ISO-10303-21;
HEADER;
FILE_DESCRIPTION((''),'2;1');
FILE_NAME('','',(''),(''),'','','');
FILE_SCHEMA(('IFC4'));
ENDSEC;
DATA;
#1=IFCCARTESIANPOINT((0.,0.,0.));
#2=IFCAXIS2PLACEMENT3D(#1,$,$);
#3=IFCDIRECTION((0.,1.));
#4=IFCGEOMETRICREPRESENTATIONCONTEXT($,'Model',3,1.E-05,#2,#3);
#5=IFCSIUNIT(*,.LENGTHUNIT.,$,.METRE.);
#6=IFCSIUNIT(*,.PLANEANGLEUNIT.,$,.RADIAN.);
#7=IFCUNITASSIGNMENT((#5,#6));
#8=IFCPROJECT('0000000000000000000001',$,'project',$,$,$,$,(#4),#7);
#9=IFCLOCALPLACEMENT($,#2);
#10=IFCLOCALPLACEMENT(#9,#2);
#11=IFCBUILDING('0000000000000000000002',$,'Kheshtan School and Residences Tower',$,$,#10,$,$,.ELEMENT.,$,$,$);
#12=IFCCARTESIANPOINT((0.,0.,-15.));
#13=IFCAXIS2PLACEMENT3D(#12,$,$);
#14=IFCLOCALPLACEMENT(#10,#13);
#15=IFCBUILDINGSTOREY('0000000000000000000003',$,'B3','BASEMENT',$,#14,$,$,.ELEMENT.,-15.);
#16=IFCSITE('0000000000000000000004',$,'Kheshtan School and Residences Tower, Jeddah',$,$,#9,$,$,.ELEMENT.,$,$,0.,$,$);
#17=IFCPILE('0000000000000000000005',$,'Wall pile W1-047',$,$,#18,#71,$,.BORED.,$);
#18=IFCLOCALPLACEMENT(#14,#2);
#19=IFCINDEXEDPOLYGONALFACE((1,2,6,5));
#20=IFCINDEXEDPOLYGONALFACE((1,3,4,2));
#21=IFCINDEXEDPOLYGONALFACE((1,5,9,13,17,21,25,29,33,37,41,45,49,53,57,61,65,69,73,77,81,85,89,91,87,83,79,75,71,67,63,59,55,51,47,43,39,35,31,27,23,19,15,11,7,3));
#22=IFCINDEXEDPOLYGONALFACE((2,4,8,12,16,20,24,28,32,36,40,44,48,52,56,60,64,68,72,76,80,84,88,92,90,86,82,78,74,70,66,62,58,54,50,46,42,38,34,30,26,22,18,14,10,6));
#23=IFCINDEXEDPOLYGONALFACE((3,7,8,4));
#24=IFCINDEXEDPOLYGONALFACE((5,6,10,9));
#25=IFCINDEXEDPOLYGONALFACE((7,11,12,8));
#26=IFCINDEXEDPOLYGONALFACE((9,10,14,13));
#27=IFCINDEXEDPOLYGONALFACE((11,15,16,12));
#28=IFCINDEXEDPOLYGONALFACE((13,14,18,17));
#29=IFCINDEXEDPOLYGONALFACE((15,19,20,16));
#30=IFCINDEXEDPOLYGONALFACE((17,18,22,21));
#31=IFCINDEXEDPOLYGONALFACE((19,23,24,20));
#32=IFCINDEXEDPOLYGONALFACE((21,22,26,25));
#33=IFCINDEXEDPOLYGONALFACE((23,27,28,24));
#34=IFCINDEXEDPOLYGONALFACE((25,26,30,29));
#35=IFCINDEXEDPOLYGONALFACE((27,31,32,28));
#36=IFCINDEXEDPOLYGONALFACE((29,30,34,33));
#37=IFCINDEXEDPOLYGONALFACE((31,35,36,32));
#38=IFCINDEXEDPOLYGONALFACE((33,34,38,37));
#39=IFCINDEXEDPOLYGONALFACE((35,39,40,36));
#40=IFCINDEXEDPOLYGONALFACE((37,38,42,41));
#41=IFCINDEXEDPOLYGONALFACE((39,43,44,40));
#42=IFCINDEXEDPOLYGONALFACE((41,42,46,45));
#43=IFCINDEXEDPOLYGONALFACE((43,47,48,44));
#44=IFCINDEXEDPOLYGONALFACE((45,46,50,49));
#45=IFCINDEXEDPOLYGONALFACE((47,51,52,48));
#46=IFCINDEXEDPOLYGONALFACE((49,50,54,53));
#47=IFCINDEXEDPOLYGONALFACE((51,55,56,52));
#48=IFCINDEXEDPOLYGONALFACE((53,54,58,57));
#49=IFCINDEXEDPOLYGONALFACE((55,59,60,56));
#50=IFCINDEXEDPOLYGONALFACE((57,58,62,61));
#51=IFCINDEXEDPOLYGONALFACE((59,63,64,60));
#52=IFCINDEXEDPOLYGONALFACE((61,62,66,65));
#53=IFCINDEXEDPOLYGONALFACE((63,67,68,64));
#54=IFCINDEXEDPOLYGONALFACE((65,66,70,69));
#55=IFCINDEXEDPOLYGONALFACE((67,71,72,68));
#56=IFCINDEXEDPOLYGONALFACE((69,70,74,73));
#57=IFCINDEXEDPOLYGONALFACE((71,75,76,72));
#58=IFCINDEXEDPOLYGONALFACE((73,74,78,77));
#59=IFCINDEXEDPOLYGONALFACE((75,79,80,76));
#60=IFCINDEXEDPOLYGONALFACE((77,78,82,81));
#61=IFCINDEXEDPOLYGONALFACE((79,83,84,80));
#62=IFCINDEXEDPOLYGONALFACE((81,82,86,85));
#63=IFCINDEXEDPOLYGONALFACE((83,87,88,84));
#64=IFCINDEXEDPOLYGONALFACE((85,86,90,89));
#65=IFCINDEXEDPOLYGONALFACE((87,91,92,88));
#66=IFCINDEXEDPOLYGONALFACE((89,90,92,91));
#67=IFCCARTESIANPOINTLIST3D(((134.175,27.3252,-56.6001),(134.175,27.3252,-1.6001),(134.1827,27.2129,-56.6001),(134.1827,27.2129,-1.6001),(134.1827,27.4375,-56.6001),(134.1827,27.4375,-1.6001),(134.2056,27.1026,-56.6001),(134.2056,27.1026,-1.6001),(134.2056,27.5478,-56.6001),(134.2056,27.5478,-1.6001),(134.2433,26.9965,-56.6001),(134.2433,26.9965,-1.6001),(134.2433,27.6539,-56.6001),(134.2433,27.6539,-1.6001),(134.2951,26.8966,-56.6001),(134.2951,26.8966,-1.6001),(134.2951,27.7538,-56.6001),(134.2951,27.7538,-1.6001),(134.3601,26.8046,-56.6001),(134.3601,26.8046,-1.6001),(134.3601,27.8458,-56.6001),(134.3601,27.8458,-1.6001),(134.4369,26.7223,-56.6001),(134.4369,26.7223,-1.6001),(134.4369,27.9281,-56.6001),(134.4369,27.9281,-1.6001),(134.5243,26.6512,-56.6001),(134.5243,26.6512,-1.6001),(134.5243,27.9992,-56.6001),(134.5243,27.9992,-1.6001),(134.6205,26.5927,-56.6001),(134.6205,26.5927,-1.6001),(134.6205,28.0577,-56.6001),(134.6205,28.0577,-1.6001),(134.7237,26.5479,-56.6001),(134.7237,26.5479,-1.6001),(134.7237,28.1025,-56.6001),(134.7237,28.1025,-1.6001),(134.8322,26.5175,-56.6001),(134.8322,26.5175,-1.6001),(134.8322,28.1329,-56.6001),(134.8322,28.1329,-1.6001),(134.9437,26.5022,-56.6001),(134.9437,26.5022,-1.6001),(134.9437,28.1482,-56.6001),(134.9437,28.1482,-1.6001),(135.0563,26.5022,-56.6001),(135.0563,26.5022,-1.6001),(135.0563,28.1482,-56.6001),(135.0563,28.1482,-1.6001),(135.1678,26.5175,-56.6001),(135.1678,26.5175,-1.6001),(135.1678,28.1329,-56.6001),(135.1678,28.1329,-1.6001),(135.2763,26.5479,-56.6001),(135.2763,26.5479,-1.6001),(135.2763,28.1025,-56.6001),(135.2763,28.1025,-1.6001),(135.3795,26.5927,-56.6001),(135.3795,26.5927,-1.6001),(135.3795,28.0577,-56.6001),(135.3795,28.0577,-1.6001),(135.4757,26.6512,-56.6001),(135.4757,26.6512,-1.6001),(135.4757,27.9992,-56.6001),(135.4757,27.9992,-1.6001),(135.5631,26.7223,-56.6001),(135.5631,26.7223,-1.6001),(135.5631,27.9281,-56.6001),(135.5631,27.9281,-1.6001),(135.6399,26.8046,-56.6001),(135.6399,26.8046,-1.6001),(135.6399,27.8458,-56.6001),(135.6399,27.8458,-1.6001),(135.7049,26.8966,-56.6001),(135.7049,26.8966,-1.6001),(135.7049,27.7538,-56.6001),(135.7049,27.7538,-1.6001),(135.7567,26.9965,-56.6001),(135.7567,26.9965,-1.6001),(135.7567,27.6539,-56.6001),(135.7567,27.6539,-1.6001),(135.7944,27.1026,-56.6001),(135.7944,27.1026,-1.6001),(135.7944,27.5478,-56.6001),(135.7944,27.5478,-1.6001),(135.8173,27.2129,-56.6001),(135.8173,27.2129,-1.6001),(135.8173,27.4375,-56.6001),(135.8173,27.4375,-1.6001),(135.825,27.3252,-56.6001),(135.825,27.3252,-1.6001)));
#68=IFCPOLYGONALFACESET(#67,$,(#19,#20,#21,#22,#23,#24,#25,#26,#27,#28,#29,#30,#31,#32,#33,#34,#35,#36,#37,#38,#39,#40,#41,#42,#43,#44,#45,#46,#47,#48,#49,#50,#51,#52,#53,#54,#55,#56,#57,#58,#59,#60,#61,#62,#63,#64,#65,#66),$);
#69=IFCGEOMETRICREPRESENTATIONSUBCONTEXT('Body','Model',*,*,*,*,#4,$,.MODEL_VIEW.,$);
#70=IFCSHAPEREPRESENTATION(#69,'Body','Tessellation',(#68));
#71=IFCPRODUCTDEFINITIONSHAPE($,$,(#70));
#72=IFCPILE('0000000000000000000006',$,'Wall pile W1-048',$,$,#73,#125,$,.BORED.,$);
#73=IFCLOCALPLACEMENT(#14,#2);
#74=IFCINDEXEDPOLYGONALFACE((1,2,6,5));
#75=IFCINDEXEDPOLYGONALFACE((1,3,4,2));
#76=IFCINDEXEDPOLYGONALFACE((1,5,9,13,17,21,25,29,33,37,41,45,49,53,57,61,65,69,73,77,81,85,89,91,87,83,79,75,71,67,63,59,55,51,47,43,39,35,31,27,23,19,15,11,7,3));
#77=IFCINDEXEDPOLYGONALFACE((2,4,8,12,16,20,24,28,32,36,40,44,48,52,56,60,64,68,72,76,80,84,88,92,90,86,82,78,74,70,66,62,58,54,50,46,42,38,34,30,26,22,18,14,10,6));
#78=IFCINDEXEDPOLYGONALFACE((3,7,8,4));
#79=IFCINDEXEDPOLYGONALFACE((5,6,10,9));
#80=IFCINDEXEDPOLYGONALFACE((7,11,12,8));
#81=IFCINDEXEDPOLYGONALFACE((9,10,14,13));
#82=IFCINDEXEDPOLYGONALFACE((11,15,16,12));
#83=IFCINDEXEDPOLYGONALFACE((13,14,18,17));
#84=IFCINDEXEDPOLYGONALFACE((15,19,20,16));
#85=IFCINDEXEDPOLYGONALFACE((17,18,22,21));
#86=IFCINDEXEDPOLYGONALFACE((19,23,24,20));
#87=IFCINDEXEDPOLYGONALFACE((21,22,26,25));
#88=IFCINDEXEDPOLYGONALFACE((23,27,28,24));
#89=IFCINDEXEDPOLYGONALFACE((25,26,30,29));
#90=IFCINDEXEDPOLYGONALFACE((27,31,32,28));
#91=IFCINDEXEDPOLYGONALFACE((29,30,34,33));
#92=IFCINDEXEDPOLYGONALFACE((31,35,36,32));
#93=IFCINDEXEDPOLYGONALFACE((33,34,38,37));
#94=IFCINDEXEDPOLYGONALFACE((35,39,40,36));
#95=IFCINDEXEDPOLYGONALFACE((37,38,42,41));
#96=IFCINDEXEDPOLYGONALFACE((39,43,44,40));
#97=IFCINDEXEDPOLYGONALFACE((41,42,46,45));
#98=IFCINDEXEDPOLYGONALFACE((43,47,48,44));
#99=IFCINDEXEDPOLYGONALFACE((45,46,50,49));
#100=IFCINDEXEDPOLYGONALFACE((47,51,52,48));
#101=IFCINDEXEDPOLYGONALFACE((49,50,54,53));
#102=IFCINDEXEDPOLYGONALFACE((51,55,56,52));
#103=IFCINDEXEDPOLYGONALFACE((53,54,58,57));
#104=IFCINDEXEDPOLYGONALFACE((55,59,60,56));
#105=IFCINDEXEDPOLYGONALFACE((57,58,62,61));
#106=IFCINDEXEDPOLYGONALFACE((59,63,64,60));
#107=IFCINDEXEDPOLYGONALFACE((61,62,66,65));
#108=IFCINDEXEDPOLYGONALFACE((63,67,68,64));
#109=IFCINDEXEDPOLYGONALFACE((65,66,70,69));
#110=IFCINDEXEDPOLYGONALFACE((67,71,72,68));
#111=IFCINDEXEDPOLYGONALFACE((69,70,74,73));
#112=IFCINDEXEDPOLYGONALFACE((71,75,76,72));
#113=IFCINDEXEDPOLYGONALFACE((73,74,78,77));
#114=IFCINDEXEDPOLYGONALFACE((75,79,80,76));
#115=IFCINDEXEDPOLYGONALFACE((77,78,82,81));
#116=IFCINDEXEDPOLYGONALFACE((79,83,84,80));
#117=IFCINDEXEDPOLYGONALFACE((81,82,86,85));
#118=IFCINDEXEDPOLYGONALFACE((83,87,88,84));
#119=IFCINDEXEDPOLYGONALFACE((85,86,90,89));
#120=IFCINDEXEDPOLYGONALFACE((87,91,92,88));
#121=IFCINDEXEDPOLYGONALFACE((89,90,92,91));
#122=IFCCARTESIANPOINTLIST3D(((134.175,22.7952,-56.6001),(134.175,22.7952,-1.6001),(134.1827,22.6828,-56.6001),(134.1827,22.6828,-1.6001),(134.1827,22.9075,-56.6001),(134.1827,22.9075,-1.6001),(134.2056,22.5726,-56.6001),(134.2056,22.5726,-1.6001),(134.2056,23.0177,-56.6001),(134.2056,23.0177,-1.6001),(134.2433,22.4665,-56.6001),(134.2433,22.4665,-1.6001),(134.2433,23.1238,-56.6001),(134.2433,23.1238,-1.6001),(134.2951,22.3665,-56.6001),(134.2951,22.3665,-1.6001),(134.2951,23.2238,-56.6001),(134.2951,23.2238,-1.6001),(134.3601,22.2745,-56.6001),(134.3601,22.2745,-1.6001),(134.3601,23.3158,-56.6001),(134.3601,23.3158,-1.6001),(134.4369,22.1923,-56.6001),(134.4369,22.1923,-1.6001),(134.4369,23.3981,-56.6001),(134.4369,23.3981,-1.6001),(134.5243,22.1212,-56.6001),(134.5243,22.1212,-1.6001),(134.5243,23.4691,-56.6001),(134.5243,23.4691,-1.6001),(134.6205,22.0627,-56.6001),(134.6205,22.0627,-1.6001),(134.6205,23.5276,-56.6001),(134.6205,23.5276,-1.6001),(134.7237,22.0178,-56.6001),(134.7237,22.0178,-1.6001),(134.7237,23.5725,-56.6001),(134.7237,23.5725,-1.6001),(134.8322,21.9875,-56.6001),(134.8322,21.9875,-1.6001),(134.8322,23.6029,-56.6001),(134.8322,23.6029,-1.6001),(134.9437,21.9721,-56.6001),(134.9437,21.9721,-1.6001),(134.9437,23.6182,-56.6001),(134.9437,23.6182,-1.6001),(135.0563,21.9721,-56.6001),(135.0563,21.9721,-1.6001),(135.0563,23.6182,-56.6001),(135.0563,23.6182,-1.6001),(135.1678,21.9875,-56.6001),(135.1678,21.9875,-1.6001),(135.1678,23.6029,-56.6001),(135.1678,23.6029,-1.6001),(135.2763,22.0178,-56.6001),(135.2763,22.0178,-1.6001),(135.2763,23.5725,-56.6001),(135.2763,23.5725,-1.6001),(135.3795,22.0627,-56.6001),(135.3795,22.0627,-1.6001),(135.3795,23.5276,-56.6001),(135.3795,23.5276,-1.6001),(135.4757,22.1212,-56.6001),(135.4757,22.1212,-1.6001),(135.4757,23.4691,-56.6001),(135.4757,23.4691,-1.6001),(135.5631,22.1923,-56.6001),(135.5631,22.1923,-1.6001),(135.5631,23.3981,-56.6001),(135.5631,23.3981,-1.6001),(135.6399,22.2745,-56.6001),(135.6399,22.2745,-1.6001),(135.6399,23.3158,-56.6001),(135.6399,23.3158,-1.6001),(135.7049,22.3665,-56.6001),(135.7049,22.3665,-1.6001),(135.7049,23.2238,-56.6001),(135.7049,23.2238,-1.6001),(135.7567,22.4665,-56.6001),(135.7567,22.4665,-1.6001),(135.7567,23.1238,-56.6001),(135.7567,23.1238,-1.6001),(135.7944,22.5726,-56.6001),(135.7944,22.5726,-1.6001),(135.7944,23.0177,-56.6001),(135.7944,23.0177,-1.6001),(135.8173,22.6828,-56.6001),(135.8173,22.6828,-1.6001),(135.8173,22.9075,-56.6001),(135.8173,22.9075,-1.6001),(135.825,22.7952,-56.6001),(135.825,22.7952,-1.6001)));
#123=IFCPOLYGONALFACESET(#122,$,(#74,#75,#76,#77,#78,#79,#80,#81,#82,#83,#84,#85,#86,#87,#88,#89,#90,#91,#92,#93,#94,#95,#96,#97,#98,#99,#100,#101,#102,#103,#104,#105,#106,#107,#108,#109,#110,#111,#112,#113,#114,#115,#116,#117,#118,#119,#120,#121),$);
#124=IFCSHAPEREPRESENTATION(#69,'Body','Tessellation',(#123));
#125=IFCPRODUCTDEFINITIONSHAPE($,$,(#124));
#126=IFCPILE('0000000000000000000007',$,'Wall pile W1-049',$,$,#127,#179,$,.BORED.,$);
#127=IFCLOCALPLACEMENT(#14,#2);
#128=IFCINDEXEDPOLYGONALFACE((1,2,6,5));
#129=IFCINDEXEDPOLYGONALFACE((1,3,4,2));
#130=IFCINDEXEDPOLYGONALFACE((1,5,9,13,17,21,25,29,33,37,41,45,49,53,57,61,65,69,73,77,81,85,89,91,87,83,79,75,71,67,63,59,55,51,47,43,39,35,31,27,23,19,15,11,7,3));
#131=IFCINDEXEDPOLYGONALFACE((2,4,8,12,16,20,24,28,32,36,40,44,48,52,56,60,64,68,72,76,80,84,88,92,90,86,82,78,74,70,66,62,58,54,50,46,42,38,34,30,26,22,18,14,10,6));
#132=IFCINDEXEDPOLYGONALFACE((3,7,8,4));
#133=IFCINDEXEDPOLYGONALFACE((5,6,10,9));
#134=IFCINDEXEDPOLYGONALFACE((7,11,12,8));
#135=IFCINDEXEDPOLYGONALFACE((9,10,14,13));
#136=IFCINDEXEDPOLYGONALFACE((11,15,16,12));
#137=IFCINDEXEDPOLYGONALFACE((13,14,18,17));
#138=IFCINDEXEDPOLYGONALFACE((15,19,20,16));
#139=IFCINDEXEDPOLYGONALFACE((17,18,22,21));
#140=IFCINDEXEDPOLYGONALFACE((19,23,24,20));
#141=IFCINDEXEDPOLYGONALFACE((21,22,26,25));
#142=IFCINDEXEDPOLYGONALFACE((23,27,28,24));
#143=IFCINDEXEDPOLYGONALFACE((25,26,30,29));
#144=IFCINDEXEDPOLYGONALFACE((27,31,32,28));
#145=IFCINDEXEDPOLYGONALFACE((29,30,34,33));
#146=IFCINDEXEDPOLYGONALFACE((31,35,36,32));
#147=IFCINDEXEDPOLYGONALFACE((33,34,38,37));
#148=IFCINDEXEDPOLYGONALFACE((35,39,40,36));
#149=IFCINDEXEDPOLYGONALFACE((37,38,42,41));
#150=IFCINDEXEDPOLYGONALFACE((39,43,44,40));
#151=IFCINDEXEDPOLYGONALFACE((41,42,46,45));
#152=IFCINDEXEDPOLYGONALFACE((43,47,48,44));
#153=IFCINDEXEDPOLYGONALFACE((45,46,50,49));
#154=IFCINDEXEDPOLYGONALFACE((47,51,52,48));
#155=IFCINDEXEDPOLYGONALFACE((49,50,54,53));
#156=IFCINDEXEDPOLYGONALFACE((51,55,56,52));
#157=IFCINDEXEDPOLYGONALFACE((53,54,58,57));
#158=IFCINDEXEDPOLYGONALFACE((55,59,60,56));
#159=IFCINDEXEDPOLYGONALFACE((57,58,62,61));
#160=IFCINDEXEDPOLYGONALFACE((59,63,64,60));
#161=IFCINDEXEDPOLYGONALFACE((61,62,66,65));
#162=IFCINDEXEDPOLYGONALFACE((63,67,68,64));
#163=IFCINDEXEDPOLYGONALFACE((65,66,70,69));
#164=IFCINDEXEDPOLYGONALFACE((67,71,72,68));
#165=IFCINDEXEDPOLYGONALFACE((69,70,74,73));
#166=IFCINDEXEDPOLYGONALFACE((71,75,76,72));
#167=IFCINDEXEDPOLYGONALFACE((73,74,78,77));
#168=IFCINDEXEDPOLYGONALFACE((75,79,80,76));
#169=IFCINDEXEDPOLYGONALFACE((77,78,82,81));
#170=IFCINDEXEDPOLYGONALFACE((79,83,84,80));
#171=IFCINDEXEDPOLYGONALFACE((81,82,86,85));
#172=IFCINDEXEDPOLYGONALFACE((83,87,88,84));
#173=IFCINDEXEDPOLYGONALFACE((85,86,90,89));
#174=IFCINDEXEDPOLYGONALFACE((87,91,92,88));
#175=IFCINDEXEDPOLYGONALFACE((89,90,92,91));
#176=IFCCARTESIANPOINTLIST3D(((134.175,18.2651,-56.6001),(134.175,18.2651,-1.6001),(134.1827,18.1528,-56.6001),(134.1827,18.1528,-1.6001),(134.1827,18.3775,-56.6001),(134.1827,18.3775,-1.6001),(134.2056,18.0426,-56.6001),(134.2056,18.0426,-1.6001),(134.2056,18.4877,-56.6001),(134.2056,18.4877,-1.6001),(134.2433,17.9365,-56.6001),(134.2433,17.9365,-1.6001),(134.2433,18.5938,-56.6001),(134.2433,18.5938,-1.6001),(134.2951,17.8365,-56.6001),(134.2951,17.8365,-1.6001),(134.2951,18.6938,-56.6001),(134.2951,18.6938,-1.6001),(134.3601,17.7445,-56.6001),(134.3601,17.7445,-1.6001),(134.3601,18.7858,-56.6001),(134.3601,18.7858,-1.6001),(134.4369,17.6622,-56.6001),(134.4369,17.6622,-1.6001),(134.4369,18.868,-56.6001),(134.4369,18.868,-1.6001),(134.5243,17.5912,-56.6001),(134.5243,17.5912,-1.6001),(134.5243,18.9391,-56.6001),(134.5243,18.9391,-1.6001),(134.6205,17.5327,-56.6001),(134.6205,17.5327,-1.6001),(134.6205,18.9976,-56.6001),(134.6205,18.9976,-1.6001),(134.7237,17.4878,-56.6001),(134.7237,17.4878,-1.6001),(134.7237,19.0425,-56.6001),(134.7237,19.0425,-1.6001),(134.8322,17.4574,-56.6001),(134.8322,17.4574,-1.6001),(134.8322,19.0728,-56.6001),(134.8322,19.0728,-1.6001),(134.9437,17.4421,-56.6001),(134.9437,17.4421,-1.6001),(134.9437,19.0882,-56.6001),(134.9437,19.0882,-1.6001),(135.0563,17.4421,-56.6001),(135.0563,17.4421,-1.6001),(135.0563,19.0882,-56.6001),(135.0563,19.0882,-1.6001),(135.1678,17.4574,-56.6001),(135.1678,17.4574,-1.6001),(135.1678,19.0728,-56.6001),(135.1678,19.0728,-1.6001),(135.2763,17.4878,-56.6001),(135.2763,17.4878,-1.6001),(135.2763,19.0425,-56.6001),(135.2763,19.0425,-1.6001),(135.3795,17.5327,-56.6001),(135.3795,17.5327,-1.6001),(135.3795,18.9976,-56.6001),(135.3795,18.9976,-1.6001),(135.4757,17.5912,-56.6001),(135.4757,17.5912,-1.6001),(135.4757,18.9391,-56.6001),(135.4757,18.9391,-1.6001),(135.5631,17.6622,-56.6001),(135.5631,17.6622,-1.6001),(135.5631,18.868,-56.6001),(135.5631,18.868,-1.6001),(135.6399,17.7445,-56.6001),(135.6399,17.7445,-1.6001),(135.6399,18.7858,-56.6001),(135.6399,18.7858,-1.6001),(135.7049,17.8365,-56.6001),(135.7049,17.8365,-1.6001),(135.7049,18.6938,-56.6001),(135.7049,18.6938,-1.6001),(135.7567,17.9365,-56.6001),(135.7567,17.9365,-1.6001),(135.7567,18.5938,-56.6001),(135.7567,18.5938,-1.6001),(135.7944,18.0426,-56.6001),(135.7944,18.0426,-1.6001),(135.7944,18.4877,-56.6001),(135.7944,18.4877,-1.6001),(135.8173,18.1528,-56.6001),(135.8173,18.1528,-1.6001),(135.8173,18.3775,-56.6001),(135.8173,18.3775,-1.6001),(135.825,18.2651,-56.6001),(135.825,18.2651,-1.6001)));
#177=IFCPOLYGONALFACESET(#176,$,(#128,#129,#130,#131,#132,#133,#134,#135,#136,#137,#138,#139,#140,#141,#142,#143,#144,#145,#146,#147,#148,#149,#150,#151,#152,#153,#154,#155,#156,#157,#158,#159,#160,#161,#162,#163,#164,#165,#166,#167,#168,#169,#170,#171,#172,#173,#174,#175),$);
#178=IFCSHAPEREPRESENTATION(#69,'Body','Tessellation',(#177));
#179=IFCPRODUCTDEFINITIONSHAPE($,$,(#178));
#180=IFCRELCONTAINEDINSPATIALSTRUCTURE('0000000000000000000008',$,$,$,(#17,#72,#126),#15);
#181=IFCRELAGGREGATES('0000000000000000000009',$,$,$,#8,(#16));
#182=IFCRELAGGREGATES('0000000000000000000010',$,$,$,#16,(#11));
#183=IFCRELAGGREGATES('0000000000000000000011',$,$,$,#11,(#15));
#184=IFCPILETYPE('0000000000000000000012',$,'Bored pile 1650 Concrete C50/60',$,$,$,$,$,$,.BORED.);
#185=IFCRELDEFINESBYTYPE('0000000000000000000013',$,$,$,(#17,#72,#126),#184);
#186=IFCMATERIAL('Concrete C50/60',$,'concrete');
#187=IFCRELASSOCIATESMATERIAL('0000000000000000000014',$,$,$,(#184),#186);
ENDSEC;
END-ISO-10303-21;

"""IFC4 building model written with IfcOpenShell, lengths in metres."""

from ifc_helpers import new_model, si_unit, direction, frame, origin, origin_2d, place, context, subcontext, project, spatial, circle, extrude, material, material_profile, profile_set, type_object, element, save


model = new_model("IFC4")

# Units and contexts
model_context = context("Model", 3, precision=1e-05, world=origin(), true_north=direction((0.0, 1.0)))
body_context = subcontext(model_context, "Body", "Model", "MODEL_VIEW")
ifc_project = project(units=[si_unit("LENGTHUNIT", "METRE"), si_unit("PLANEANGLEUNIT", "RADIAN")], contexts=[model_context])

# Site, building, storey
site_placement = place(None, origin())
site = spatial("IfcSite", under=ifc_project, at=site_placement, Name="Kheshtan School and Residences Tower, Jeddah", CompositionType="ELEMENT", RefElevation=0.0)
building_placement = place(site_placement, origin())
building = spatial("IfcBuilding", under=site, at=building_placement, Name="Kheshtan School and Residences Tower", CompositionType="ELEMENT")
storey_placement = place(building_placement, frame((0.0, 0.0, -15.0)))
storey = spatial("IfcBuildingStorey", under=building, at=storey_placement, Name="B3", Description="BASEMENT", CompositionType="ELEMENT", Elevation=-15.0)

# Piles
ifc_material_1 = material(Name="Concrete C50/60", Category="concrete")
ifc_material_profile_1 = material_profile(ifc_material_1, circle(Radius=0.825, at=origin_2d()), Name="BP 1650")
ifc_profile_set_1 = profile_set([ifc_material_profile_1], Name="Concrete C50/60")
pile_type_1 = type_object("IfcPileType", Name="Bored pile 1650 Concrete C50/60", PredefinedType="BORED", material=ifc_profile_set_1)
for number, where, z_axis, x_axis, name in (
    (1, (135.0, 27.3252, -1.6001), (0.0, 0.0, -1.0), (1.0, 0.0, 0.0), "Wall pile W1-047"),
    (2, (135.0, 22.7952, -1.6001), (0.0, 0.0, -1.0), (1.0, 0.0, 0.0), "Wall pile W1-048"),
    (3, (135.0, 18.2651, -1.6001), (0.0, 0.0, -1.0), (1.0, 0.0, 0.0), "Wall pile W1-049"),
):
    element("IfcPile", number, at=place(storey_placement, frame(where, z_axis=z_axis, x_axis=x_axis)), inside=storey, type_object=pile_type_1, Name=name, PredefinedType="BORED", context=body_context, shape_type="SweptSolid", body=[
        extrude(circle(Radius=0.825, at=origin_2d()), origin(), (0.0, 0.0, 1.0), 55.0),
    ])

save(model, "model.ifc")
